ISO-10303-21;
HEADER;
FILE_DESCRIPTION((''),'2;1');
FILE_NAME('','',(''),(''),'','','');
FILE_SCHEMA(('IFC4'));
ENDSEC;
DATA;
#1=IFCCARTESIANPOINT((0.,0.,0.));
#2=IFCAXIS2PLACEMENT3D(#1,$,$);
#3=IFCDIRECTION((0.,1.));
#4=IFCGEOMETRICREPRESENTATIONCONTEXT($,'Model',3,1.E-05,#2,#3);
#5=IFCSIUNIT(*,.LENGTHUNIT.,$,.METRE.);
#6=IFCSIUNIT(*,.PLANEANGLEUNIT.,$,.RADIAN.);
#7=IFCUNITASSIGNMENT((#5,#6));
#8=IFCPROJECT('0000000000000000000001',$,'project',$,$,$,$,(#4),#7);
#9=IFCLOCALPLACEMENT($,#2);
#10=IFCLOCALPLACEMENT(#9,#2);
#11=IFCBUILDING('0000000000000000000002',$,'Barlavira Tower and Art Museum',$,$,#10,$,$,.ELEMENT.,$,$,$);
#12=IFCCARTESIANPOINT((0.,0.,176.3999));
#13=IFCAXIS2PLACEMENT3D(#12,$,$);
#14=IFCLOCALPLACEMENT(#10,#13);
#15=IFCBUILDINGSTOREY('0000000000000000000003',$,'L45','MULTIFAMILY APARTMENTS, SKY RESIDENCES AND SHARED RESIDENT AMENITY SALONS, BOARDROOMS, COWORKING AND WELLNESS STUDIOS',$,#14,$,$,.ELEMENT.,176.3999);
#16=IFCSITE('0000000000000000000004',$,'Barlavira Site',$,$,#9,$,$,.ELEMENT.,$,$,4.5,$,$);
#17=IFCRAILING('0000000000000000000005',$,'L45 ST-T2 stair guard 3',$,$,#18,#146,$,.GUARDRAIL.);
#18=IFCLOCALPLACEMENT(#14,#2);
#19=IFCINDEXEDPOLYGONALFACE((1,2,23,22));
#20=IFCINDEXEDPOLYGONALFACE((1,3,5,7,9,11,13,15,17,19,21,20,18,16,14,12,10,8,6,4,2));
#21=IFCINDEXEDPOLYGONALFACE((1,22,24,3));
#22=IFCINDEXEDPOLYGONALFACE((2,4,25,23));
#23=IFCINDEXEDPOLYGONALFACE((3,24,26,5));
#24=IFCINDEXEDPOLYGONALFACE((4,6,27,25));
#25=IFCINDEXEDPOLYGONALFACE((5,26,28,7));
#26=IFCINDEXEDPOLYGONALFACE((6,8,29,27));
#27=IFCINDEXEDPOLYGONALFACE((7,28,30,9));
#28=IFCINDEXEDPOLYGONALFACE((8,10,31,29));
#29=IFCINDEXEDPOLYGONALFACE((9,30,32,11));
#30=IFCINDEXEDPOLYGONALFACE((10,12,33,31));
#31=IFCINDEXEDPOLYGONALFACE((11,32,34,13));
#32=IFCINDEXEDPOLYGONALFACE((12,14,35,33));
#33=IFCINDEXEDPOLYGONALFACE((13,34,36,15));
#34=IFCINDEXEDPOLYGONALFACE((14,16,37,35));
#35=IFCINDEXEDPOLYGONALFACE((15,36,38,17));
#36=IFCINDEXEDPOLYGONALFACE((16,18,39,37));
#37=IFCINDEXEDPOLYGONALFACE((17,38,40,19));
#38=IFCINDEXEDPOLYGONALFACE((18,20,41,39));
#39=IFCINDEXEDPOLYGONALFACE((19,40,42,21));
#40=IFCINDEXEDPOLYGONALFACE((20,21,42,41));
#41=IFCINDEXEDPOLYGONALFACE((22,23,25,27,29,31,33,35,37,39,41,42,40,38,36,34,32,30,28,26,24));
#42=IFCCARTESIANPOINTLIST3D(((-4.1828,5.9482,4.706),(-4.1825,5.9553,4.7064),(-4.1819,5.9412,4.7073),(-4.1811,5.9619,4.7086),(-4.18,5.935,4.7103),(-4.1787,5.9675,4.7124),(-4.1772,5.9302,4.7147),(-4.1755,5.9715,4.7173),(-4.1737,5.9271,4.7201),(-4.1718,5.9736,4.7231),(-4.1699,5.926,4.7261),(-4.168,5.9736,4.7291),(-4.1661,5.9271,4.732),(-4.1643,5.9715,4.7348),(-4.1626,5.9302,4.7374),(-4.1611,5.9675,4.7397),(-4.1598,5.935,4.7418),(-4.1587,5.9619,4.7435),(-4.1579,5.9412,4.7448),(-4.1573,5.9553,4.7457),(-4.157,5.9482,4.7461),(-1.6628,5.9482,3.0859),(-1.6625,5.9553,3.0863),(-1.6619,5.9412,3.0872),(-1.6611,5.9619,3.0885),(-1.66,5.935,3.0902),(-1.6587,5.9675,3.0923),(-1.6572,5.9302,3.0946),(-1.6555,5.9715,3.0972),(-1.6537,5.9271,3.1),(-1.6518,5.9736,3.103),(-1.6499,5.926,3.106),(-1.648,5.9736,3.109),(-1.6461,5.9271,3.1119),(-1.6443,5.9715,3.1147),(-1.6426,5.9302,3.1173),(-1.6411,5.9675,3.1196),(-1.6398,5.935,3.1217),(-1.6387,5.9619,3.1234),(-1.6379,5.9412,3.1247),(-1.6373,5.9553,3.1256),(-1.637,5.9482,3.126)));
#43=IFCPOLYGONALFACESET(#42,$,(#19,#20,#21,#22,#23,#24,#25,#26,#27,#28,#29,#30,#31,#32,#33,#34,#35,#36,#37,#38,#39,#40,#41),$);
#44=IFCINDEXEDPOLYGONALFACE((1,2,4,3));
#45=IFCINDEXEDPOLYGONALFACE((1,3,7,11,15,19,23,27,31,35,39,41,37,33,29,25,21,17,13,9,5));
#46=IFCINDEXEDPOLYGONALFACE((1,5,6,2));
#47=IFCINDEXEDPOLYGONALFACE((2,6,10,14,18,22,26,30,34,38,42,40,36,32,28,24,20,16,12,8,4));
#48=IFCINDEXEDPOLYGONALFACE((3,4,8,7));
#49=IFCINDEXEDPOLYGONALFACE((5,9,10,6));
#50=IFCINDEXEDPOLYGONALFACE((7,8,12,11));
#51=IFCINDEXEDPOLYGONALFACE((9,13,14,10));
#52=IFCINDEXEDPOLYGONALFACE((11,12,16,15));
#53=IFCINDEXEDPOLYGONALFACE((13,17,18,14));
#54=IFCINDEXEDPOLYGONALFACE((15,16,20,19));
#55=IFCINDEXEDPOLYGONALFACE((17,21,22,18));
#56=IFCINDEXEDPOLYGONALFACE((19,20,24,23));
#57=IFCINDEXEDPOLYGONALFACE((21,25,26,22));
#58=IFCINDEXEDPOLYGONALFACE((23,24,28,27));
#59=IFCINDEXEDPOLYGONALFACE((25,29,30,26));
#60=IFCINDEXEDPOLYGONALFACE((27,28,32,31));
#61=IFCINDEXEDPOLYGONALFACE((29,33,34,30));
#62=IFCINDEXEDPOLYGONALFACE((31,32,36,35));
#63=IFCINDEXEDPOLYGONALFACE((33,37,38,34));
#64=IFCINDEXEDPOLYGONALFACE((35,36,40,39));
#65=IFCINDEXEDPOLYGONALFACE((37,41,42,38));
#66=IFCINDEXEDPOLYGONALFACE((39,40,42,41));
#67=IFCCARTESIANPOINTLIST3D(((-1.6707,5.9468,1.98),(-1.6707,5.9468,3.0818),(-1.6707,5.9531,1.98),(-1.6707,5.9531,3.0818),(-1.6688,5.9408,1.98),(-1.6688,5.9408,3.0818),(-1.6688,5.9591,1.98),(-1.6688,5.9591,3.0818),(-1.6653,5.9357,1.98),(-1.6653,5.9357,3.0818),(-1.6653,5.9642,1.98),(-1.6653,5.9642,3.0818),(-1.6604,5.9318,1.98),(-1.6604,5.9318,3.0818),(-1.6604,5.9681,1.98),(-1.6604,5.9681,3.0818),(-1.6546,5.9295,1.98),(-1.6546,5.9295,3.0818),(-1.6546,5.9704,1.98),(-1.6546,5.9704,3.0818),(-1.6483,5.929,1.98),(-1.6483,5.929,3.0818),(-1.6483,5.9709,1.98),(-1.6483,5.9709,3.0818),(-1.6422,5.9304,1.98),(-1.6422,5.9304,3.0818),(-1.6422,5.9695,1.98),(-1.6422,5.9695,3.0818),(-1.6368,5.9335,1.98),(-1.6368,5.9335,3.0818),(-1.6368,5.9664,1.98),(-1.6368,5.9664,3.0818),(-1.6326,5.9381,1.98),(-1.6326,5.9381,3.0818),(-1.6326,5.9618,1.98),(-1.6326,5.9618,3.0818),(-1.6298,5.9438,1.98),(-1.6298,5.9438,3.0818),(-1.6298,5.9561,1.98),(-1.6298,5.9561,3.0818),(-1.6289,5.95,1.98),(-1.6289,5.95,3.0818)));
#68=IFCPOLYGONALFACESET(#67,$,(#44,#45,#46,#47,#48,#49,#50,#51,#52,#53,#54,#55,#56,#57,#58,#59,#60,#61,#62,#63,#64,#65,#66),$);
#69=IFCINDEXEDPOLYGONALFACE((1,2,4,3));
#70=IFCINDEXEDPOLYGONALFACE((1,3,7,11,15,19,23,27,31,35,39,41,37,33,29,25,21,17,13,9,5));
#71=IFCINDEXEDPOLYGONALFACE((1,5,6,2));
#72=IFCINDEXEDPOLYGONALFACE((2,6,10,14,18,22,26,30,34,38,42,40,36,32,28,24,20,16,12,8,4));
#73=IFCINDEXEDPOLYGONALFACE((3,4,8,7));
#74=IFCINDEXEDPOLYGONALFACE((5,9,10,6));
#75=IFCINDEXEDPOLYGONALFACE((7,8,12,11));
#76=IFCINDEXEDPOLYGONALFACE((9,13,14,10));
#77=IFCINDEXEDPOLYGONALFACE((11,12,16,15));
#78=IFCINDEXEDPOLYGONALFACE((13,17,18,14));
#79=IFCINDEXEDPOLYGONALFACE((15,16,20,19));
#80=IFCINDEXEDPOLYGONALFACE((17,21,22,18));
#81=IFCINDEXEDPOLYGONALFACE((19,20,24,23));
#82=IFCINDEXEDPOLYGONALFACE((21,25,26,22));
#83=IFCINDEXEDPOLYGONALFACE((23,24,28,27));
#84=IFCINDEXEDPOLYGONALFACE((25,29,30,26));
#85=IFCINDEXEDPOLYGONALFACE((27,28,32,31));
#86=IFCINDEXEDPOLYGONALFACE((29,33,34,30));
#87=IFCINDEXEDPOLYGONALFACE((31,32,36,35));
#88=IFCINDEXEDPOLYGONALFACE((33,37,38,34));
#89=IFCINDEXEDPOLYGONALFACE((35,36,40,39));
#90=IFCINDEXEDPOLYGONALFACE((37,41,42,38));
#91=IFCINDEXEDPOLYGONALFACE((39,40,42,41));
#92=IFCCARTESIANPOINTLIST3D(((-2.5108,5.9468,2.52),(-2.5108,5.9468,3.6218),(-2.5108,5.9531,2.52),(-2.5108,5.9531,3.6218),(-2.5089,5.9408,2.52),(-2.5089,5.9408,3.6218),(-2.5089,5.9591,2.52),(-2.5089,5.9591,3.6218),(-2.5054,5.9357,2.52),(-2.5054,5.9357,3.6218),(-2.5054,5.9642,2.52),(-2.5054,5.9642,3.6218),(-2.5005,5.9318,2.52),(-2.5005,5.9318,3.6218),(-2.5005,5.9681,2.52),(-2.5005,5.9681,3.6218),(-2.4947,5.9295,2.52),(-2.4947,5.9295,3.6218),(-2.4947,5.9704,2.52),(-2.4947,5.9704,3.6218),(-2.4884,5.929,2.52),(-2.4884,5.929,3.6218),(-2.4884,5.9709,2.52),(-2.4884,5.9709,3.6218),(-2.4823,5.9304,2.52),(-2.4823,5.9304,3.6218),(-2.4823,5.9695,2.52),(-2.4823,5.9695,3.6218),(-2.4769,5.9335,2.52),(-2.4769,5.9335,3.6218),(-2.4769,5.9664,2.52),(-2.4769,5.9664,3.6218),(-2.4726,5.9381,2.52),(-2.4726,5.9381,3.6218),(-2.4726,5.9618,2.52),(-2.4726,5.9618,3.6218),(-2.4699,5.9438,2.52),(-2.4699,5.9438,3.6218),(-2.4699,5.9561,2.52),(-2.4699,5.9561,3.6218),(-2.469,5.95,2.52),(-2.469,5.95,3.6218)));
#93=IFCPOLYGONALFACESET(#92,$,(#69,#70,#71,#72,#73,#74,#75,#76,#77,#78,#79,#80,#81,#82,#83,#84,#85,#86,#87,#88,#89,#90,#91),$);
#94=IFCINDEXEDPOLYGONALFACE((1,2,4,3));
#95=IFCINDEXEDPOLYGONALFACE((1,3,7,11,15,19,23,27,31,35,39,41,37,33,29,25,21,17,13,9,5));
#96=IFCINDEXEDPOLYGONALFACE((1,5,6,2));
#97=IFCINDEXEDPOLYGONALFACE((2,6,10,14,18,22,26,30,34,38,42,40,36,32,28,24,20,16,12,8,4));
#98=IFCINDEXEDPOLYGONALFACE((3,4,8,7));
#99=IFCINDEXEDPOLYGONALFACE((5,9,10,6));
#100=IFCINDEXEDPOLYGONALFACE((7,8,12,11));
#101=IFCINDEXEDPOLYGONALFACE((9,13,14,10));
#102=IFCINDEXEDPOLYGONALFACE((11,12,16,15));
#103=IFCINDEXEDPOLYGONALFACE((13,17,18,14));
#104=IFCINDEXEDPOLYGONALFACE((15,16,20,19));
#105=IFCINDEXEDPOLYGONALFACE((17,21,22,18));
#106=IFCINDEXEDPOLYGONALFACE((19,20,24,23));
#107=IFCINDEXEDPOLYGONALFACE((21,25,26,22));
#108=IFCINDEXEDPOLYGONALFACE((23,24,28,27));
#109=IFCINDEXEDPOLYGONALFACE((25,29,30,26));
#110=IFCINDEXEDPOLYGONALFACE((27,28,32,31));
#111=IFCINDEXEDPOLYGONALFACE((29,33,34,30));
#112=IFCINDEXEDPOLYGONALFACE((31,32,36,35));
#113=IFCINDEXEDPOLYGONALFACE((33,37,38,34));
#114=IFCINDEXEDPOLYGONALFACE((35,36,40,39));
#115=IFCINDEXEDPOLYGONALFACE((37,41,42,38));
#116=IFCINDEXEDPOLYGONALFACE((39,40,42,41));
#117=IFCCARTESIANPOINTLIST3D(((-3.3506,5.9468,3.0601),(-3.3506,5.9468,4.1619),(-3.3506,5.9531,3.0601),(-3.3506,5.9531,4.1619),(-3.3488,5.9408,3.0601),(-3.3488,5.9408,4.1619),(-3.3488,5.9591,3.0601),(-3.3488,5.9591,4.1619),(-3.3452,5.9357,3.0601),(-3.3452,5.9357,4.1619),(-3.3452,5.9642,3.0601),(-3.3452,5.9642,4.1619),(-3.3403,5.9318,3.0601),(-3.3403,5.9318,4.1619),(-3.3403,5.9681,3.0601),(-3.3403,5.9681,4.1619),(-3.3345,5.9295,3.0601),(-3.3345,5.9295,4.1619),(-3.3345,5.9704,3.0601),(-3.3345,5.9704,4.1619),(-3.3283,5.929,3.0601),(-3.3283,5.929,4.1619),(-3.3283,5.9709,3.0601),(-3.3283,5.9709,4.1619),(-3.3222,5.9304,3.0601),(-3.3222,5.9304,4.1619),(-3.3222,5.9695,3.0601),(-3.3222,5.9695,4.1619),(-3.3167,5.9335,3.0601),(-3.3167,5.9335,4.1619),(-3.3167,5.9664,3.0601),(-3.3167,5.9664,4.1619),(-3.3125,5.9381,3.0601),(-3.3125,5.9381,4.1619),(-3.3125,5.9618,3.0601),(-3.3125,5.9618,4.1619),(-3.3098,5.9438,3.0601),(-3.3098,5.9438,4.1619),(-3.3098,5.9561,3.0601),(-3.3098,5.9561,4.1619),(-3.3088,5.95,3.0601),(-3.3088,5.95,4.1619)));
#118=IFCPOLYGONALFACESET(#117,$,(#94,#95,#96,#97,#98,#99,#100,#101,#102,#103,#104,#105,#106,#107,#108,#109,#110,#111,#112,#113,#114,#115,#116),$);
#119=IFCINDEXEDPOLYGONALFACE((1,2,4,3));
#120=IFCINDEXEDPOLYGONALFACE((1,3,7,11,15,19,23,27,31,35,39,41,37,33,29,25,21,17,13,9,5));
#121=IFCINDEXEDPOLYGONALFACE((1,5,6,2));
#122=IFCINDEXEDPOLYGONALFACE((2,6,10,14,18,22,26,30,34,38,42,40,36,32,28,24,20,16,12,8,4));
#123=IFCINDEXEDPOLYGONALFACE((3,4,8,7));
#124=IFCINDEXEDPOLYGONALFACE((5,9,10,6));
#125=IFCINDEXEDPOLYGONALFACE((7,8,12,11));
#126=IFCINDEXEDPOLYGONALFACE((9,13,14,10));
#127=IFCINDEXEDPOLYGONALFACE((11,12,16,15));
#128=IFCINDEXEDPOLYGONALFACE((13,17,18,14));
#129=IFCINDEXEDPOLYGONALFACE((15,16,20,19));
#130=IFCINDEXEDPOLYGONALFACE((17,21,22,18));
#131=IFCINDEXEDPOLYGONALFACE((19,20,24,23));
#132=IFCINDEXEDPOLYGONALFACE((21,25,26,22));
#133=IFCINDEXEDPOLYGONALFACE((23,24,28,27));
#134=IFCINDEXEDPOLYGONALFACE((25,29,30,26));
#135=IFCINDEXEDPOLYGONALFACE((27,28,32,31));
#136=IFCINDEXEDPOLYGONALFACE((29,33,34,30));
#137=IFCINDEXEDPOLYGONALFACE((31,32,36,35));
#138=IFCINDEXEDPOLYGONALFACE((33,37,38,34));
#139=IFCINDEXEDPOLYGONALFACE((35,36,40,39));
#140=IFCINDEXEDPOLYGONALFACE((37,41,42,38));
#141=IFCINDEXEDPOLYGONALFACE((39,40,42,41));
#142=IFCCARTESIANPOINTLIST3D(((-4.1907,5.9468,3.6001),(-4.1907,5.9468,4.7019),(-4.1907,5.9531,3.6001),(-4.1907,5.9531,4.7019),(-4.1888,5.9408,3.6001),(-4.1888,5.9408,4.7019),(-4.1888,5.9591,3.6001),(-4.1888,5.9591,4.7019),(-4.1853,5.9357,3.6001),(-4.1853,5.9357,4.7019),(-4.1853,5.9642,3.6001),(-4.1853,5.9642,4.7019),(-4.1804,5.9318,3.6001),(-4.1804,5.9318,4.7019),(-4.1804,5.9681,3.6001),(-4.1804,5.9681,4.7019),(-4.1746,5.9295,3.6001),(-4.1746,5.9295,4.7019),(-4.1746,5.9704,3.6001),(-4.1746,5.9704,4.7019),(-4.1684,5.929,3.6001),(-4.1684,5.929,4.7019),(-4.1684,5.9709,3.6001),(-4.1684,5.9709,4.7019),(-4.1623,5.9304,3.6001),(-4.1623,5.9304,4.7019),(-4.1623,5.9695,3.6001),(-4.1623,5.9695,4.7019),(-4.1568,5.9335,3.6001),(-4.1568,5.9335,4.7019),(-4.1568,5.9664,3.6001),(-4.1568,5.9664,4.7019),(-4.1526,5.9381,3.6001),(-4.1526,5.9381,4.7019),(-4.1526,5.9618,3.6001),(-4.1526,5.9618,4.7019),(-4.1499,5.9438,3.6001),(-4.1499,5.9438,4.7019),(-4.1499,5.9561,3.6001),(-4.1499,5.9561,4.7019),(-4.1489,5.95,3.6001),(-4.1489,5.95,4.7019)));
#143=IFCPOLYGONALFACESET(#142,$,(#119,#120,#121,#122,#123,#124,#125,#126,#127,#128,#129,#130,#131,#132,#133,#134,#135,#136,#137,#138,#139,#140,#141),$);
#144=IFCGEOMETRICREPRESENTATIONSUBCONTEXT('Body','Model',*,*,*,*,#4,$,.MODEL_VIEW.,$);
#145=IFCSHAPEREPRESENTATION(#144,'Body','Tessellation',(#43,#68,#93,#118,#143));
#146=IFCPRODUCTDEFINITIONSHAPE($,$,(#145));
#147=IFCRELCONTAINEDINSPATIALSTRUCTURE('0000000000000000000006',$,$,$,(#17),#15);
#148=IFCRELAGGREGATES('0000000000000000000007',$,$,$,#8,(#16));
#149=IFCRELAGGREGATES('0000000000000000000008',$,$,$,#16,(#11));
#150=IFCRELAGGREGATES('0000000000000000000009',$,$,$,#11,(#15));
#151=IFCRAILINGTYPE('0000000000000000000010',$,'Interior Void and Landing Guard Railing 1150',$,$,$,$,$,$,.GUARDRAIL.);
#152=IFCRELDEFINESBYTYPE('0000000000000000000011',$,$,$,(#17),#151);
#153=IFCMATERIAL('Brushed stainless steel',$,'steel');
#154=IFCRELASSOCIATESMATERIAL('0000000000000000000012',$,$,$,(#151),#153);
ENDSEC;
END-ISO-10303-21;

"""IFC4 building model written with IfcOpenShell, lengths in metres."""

from ifc_helpers import new_model, si_unit, direction, frame, origin, origin_2d, place, context, subcontext, project, spatial, circle, extrude, material, type_object, element, save


model = new_model("IFC4")

# Units and contexts
model_context = context("Model", 3, precision=1e-05, world=origin(), true_north=direction((0.0, 1.0)))
body_context = subcontext(model_context, "Body", "Model", "MODEL_VIEW")
ifc_project = project(units=[si_unit("LENGTHUNIT", "METRE"), si_unit("PLANEANGLEUNIT", "RADIAN")], contexts=[model_context])

# Site, building, storey
site_placement = place(None, origin())
site = spatial("IfcSite", under=ifc_project, at=site_placement, Name="Barlavira Site", CompositionType="ELEMENT", RefElevation=4.5)
building_placement = place(site_placement, origin())
building = spatial("IfcBuilding", under=site, at=building_placement, Name="Barlavira Tower and Art Museum", CompositionType="ELEMENT")
storey_placement = place(building_placement, frame((0.0, 0.0, 176.3999)))
storey = spatial("IfcBuildingStorey", under=building, at=storey_placement, Name="L45", Description="MULTIFAMILY APARTMENTS, SKY RESIDENCES AND SHARED RESIDENT AMENITY SALONS, BOARDROOMS, COWORKING AND WELLNESS STUDIOS", CompositionType="ELEMENT", Elevation=176.3999)

# Shared definitions
ifc_material_1 = material(Name="Brushed stainless steel", Category="steel")

# Railing
railing_type_1 = type_object("IfcRailingType", Name="Interior Void and Landing Guard Railing 1150", PredefinedType="GUARDRAIL", material=ifc_material_1)
railing_1_placement = place(storey_placement, frame((-1.6499, 5.95, 1.98)))
element("IfcRailing", 1, at=railing_1_placement, inside=storey, type_object=railing_type_1, Name="L45 ST-T2 stair guard 3", PredefinedType="GUARDRAIL", context=body_context, shape_type="SweptSolid", body=[
    extrude(circle(Radius=0.0239, at=origin_2d()), frame((0.0, 0.0, 1.126), z_axis=(-0.841163, 0.0, 0.540782), x_axis=(0.0, -1.0, 0.0)), (0.0, 0.0, 1.0), 2.9958),
    extrude(circle(Radius=0.021, at=origin_2d()), origin(), (0.0, 0.0, 1.0), 1.1018),
    extrude(circle(Radius=0.021, at=origin_2d()), frame((-0.8401, 0.0, 0.54)), (0.0, 0.0, 1.0), 1.1018),
    extrude(circle(Radius=0.021, at=origin_2d()), frame((-1.6799, 0.0, 1.0801)), (0.0, 0.0, 1.0), 1.1018),
    extrude(circle(Radius=0.021, at=origin_2d()), frame((-2.52, 0.0, 1.6201)), (0.0, 0.0, 1.0), 1.1018),
])

save(model, "model.ifc")
